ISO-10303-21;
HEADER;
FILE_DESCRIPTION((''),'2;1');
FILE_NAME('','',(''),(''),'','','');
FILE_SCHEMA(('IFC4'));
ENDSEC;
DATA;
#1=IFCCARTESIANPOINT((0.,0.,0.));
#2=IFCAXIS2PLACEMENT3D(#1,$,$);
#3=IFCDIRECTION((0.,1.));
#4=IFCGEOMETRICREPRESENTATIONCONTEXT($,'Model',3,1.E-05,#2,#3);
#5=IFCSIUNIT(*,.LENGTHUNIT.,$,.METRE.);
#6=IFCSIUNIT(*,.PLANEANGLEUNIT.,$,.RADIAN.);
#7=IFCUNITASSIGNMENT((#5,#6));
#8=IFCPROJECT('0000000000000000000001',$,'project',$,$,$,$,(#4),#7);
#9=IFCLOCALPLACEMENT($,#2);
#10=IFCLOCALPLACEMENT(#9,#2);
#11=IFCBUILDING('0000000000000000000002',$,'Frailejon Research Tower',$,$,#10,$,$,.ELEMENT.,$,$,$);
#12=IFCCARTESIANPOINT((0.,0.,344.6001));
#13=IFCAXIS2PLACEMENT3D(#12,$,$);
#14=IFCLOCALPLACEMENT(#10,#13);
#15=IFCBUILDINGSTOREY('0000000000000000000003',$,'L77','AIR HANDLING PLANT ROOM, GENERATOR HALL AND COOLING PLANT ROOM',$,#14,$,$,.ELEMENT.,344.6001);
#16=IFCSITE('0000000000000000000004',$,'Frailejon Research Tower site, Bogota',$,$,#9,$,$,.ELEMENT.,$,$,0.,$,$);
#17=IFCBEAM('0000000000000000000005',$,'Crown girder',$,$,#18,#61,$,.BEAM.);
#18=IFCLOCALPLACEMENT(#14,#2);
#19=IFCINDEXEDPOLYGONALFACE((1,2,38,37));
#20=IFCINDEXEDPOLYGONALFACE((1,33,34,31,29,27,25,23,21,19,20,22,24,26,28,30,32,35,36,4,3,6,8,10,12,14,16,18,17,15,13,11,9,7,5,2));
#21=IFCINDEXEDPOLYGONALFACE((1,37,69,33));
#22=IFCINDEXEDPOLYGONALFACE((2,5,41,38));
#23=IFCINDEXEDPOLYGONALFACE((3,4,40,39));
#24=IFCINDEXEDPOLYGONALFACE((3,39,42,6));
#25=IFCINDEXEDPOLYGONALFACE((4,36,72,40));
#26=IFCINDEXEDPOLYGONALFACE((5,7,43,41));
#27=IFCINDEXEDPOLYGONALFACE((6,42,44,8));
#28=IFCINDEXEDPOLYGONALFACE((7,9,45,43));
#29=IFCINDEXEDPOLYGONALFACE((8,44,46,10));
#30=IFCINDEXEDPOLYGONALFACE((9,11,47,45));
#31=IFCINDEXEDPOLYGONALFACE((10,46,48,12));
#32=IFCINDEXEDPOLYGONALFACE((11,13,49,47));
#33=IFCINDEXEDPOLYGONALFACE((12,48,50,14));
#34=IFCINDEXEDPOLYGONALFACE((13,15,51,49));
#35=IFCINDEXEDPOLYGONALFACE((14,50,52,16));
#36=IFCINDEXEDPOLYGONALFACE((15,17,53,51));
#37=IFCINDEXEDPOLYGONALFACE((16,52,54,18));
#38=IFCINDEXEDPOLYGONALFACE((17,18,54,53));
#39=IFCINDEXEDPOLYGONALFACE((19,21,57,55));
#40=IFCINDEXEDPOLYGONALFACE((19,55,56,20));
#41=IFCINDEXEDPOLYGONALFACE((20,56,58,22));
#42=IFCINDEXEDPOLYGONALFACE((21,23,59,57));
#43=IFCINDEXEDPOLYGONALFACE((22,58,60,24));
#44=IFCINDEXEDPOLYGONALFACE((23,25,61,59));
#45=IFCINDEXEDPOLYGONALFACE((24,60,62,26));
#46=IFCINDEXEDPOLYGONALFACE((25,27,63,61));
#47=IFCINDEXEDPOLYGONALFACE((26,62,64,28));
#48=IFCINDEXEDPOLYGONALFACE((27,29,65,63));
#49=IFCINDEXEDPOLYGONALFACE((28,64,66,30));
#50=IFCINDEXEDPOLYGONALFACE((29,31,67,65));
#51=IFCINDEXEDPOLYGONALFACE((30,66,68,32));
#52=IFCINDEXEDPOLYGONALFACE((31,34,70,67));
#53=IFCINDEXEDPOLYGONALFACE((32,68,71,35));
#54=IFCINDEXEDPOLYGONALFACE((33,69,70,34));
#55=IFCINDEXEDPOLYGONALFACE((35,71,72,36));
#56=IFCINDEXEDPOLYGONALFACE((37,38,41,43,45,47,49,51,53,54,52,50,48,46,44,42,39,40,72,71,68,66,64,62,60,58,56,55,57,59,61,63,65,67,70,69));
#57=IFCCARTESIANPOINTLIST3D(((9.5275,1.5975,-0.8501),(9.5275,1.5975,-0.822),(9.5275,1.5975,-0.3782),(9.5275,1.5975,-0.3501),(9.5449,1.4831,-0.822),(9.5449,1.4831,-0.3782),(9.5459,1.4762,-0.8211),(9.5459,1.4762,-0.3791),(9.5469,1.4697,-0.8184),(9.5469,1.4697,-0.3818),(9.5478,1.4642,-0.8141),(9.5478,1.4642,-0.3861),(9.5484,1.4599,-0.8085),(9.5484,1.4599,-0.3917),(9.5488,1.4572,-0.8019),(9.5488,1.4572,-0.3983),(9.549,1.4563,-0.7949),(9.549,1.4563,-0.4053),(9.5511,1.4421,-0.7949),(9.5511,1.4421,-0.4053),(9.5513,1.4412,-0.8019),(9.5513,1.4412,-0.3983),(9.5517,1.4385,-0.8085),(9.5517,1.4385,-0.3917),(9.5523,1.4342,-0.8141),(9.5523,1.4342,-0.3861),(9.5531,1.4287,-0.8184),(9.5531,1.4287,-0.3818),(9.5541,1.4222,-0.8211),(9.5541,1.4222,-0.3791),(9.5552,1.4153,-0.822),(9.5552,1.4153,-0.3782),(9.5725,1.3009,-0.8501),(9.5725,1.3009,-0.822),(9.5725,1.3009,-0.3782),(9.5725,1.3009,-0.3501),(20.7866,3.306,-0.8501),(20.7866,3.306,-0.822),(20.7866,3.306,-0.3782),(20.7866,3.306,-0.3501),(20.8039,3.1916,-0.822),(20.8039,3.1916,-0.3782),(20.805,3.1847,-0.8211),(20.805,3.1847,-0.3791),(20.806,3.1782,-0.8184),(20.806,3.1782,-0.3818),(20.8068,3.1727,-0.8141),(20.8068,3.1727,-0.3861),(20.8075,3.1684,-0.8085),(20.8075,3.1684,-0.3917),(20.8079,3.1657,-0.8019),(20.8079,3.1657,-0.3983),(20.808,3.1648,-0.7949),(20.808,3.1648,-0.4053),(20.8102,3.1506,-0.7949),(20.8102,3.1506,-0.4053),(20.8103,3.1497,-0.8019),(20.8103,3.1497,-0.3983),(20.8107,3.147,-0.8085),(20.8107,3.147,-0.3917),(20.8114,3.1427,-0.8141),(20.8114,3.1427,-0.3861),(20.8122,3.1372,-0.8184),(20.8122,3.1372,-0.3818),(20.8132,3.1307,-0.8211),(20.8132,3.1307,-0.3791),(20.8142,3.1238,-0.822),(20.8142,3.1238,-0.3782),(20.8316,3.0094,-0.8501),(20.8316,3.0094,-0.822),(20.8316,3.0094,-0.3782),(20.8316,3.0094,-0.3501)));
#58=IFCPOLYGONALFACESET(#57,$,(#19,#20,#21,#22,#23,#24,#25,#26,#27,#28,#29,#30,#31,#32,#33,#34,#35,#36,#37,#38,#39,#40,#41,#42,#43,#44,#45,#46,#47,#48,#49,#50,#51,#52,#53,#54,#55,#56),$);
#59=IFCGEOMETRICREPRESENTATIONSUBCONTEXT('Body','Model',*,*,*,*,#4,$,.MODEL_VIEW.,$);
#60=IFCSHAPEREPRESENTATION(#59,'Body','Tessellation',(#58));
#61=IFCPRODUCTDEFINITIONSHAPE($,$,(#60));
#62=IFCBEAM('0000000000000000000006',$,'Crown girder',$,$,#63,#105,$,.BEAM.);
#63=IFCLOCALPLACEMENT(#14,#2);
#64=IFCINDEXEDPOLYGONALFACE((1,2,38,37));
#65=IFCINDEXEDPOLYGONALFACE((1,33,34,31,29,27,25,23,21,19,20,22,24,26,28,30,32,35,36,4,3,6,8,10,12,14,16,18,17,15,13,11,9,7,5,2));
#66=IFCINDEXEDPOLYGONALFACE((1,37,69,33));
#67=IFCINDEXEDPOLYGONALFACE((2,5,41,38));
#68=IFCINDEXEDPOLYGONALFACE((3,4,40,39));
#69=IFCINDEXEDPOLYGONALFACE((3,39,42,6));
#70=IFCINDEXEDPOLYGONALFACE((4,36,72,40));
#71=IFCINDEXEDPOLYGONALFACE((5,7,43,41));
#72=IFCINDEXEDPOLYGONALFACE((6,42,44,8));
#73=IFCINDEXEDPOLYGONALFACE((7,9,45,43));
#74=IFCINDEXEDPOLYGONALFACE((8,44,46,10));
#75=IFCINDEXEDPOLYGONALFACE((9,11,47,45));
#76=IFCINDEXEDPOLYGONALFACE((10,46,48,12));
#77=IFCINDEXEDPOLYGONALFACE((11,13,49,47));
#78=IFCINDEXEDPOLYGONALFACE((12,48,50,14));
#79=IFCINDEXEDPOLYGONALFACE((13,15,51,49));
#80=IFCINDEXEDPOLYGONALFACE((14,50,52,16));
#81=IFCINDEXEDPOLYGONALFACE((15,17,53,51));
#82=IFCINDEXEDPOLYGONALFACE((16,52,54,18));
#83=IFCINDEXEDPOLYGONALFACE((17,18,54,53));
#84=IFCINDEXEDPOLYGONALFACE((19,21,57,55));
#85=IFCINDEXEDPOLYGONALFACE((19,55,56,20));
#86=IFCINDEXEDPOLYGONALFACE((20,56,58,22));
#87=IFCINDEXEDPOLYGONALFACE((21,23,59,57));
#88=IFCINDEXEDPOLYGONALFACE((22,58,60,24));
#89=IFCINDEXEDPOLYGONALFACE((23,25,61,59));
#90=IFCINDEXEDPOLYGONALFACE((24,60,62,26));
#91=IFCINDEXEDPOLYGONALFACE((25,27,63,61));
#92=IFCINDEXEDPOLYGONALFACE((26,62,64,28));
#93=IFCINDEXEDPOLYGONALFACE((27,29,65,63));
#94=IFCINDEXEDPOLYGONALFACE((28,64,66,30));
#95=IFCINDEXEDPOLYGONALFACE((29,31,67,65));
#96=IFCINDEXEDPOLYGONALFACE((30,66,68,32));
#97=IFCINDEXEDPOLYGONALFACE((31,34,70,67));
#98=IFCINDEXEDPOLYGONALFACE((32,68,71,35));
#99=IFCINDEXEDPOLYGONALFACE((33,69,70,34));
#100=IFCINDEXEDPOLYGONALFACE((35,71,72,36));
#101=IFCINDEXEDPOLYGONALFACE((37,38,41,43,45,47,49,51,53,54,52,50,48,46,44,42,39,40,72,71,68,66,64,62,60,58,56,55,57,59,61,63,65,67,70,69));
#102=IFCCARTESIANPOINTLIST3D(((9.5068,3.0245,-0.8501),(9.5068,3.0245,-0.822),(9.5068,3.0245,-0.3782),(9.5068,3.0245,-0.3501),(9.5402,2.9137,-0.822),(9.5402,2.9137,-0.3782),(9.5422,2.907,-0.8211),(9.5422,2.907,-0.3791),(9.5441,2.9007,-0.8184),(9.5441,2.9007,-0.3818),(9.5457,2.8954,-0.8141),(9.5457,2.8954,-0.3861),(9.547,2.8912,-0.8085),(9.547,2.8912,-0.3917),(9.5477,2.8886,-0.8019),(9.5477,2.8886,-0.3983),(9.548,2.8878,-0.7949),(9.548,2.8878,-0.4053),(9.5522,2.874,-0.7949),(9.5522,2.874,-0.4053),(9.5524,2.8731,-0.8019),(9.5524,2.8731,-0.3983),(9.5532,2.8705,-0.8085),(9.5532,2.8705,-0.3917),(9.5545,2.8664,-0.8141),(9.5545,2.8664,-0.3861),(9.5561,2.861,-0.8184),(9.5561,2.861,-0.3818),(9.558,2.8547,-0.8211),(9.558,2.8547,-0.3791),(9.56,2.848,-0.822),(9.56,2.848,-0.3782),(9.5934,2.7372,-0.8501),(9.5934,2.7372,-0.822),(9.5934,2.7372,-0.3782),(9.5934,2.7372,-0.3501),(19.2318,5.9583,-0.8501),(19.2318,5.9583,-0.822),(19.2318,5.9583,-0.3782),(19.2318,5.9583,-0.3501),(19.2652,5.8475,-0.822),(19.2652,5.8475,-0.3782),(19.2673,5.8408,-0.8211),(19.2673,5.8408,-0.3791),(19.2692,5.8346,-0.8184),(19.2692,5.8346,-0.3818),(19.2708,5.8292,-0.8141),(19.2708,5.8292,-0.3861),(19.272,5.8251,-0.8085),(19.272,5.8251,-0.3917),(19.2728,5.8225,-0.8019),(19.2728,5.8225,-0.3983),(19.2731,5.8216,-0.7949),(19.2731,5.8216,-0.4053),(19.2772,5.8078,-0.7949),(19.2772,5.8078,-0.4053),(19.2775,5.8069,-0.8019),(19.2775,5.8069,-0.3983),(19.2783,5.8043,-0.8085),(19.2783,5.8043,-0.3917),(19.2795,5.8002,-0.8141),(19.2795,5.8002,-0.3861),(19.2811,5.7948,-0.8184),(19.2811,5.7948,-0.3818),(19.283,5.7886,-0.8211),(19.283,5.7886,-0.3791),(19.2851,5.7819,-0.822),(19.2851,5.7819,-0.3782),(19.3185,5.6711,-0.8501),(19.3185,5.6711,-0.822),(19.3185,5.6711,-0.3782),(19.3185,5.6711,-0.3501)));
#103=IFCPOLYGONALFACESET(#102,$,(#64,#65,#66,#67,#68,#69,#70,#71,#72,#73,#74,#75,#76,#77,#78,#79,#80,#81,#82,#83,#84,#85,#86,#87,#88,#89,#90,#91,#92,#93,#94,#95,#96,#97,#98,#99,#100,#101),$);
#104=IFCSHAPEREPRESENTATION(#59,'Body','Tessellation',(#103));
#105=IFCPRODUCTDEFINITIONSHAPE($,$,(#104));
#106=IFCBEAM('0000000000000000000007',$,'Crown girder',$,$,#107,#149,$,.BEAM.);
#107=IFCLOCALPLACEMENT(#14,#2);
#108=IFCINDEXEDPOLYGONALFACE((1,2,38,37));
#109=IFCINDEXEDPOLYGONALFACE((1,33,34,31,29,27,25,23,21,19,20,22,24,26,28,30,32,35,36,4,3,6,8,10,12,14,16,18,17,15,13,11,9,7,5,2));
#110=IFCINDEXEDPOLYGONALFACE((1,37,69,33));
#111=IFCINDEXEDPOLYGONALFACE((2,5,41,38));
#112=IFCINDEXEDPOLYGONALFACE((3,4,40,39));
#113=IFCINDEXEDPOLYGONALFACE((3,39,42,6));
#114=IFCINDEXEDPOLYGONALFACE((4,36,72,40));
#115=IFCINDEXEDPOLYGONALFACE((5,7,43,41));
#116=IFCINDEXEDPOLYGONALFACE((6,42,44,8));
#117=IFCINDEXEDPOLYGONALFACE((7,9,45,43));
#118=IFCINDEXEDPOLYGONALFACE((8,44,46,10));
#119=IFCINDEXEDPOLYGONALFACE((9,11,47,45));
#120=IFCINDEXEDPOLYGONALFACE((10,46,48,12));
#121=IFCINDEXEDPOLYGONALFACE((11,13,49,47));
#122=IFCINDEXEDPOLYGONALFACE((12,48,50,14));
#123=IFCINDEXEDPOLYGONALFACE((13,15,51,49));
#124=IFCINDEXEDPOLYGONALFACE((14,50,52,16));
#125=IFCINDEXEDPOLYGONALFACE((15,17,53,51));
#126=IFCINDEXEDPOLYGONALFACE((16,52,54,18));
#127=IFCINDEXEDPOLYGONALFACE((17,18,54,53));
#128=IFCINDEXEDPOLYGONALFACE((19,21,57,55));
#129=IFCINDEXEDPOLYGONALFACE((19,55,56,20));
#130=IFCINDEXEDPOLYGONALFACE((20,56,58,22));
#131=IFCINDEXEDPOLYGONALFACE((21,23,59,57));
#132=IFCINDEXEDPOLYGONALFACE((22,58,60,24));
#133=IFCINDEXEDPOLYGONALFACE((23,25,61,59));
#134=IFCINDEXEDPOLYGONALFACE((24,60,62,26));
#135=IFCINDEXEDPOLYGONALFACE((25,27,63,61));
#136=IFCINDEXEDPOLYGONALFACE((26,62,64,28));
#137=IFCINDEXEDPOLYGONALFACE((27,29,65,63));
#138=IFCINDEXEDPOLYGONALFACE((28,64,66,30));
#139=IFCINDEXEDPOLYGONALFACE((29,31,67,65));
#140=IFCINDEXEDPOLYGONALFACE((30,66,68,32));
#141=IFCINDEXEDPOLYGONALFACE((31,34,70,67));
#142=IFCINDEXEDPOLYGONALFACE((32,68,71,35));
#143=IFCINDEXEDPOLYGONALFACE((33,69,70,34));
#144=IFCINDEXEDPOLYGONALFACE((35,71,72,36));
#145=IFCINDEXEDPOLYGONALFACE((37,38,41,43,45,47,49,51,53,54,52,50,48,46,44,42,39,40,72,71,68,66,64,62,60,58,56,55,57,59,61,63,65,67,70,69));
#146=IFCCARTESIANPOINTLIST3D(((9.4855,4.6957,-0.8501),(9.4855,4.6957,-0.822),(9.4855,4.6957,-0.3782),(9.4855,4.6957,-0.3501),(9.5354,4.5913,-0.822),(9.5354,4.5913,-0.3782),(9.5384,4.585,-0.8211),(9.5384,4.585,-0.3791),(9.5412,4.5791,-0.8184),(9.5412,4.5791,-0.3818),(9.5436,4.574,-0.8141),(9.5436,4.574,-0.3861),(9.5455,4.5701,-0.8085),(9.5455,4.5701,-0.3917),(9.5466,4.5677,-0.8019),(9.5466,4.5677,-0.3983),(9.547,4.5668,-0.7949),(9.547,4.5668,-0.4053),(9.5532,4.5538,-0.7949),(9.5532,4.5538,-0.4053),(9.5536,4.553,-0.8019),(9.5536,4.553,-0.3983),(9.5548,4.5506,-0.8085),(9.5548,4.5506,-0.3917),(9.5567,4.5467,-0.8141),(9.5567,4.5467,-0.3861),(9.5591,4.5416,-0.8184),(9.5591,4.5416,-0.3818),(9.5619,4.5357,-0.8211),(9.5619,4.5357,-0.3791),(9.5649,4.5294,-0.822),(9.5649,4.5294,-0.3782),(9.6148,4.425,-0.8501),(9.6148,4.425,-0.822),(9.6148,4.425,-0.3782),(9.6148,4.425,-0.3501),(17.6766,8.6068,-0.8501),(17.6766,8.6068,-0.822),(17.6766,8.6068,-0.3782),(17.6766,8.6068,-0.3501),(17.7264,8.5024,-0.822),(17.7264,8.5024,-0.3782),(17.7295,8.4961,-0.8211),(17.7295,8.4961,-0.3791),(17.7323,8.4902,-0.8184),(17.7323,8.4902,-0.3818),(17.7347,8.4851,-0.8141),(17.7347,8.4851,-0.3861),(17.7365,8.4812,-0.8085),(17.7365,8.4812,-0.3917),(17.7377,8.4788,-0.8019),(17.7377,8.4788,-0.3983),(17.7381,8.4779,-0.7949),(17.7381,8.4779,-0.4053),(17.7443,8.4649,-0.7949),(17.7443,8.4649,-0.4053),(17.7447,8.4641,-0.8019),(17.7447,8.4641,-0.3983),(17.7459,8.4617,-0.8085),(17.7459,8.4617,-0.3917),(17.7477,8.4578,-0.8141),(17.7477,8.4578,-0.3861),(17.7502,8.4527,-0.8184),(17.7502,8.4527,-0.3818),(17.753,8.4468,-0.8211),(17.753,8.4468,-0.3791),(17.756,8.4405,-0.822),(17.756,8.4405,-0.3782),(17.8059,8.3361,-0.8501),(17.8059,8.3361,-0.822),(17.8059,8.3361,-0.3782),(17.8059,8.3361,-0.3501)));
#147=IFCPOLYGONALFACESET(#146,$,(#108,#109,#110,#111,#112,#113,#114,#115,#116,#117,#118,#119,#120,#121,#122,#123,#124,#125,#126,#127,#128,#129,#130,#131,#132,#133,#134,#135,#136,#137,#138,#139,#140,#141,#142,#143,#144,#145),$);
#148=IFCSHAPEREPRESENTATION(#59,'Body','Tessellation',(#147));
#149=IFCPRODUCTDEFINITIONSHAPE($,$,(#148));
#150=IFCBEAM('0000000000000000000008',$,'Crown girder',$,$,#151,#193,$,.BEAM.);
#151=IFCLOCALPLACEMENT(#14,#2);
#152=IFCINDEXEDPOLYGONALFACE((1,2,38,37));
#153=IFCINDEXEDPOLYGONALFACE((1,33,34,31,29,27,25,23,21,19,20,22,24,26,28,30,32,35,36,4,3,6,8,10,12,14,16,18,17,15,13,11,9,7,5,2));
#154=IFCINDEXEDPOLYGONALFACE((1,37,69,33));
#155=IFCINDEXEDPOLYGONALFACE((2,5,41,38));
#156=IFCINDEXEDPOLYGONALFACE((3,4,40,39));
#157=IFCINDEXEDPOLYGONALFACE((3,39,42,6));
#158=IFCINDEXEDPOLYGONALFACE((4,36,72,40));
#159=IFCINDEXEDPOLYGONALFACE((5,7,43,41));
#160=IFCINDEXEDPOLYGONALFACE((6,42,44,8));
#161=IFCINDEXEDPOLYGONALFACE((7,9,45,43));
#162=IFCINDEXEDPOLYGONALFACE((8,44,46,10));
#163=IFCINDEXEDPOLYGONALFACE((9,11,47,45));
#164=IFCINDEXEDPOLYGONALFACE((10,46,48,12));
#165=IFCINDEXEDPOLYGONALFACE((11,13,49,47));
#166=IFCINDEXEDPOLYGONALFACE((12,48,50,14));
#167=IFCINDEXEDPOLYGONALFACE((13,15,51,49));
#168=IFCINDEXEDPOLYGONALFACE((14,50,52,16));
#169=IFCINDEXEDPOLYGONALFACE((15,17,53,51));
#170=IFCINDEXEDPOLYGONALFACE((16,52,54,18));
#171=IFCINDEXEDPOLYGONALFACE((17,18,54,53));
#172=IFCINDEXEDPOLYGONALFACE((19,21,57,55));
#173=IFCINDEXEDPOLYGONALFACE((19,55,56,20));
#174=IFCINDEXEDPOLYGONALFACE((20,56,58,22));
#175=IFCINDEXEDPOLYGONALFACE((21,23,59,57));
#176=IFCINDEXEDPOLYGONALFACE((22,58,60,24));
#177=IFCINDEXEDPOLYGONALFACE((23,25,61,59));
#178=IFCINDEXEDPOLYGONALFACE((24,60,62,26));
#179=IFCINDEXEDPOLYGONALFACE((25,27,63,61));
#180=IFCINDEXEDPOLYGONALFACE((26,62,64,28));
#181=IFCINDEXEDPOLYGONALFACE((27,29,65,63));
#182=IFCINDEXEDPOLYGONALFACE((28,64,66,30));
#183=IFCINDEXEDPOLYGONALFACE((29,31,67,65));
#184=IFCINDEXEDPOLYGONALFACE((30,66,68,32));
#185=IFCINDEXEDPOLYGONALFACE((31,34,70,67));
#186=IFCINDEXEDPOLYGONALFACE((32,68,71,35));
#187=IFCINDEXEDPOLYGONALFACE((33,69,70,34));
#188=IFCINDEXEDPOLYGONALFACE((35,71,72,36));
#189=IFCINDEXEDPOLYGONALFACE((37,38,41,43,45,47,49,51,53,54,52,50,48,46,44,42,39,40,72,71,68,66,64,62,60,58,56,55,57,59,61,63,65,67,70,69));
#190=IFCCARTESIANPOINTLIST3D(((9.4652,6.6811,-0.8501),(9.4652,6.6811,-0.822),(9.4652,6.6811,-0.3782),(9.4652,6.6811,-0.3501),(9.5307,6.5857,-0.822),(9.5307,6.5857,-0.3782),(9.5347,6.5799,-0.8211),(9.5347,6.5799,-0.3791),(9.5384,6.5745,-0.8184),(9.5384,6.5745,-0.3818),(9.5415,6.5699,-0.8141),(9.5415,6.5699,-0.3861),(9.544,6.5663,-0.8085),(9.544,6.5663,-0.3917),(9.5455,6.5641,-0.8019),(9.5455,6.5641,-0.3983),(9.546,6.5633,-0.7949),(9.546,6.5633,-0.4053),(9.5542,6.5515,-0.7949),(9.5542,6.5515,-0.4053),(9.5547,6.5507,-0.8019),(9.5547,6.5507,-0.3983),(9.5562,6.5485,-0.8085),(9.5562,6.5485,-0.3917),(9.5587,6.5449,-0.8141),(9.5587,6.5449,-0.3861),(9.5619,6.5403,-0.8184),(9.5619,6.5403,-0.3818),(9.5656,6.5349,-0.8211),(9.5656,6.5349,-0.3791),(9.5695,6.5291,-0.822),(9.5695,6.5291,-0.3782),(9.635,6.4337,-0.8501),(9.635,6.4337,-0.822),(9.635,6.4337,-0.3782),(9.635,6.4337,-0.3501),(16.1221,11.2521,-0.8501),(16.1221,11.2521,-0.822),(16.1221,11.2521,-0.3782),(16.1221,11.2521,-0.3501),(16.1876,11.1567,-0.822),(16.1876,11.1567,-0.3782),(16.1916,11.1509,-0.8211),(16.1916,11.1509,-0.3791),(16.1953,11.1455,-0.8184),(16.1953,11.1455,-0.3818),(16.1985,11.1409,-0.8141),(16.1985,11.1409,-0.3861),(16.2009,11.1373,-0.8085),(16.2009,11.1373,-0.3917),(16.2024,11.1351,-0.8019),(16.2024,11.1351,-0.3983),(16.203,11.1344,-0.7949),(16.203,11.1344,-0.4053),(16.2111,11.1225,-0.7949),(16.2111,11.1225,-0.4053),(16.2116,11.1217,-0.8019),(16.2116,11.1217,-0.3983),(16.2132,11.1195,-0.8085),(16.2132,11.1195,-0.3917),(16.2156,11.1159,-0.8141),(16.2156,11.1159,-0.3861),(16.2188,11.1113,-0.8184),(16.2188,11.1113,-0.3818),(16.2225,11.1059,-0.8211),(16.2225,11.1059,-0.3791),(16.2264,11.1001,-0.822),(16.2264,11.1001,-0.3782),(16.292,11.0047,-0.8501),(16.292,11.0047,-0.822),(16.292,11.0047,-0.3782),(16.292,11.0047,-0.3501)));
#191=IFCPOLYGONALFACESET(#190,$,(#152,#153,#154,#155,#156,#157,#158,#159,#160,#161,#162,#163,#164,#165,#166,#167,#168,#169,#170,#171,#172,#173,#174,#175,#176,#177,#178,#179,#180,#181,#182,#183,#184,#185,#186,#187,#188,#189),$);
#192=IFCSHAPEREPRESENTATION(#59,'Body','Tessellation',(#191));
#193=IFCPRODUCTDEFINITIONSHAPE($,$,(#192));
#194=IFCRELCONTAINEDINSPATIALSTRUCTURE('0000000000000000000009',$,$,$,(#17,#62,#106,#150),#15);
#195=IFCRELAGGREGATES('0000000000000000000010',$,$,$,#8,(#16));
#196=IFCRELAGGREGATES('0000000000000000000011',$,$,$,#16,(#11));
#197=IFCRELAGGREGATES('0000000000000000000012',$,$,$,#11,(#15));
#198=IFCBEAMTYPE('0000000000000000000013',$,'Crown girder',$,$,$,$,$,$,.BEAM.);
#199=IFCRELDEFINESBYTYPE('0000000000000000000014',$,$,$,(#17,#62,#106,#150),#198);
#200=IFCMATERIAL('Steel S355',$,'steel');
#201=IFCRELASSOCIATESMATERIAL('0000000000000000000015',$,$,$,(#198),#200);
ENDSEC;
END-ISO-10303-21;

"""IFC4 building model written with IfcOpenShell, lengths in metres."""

from ifc_helpers import new_model, si_unit, direction, frame, origin, origin_2d, place, context, subcontext, project, spatial, i_section, extrude, material, material_profile, profile_set, type_object, element, save


model = new_model("IFC4")

# Units and contexts
model_context = context("Model", 3, precision=1e-05, world=origin(), true_north=direction((0.0, 1.0)))
body_context = subcontext(model_context, "Body", "Model", "MODEL_VIEW")
ifc_project = project(units=[si_unit("LENGTHUNIT", "METRE"), si_unit("PLANEANGLEUNIT", "RADIAN")], contexts=[model_context])

# Site, building, storey
site_placement = place(None, origin())
site = spatial("IfcSite", under=ifc_project, at=site_placement, Name="Frailejon Research Tower site, Bogota", CompositionType="ELEMENT", RefElevation=0.0)
building_placement = place(site_placement, origin())
building = spatial("IfcBuilding", under=site, at=building_placement, Name="Frailejon Research Tower", CompositionType="ELEMENT")
storey_placement = place(building_placement, frame((0.0, 0.0, 344.6001)))
storey = spatial("IfcBuildingStorey", under=building, at=storey_placement, Name="L77", Description="AIR HANDLING PLANT ROOM, GENERATOR HALL AND COOLING PLANT ROOM", CompositionType="ELEMENT", Elevation=344.6001)

# Beams
ifc_material_1 = material(Name="Steel S355", Category="steel")
ifc_material_profile_1 = material_profile(ifc_material_1, i_section(OverallWidth=0.3, OverallDepth=0.5, WebThickness=0.0144, FlangeThickness=0.0281, FilletRadius=0.0271, at=origin_2d()), Name="HE 500 B")
ifc_profile_set_1 = profile_set([ifc_material_profile_1], Name="Steel S355")
beam_type_1 = type_object("IfcBeamType", Name="Crown girder", PredefinedType="BEAM", material=ifc_profile_set_1)
beam_1_placement = place(storey_placement, frame((20.8091, 3.1577, -0.6001), z_axis=(-0.988682, -0.150027, 0.0), x_axis=(0.150027, -0.988682, 0.0)))
element("IfcBeam", 1, at=beam_1_placement, inside=storey, type_object=beam_type_1, Name="Crown girder", PredefinedType="BEAM", context=body_context, shape_type="SweptSolid", body=[
    extrude(i_section(OverallWidth=0.3, OverallDepth=0.5, WebThickness=0.0144, FlangeThickness=0.0281, FilletRadius=0.0271, at=origin_2d()), origin(), (0.0, 0.0, 1.0), 11.3879),
])
beam_2_placement = place(storey_placement, frame((19.2751, 5.8147, -0.6001), z_axis=(-0.957383, -0.28882, 0.0), x_axis=(0.28882, -0.957383, 0.0)))
element("IfcBeam", 2, at=beam_2_placement, inside=storey, type_object=beam_type_1, Name="Crown girder", PredefinedType="BEAM", context=body_context, shape_type="SweptSolid", body=[
    extrude(i_section(OverallWidth=0.3, OverallDepth=0.5, WebThickness=0.0144, FlangeThickness=0.0281, FilletRadius=0.0271, at=origin_2d()), origin(), (0.0, 0.0, 1.0), 10.158),
])
beam_3_placement = place(storey_placement, frame((17.7412, 8.4714, -0.6001), z_axis=(-0.902408, -0.430883, 0.0), x_axis=(0.430883, -0.902408, 0.0)))
element("IfcBeam", 3, at=beam_3_placement, inside=storey, type_object=beam_type_1, Name="Crown girder", PredefinedType="BEAM", context=body_context, shape_type="SweptSolid", body=[
    extrude(i_section(OverallWidth=0.3, OverallDepth=0.5, WebThickness=0.0144, FlangeThickness=0.0281, FilletRadius=0.0271, at=origin_2d()), origin(), (0.0, 0.0, 1.0), 9.0769),
])
beam_4_placement = place(storey_placement, frame((16.207, 11.1284, -0.6001), z_axis=(-0.824367, -0.566055, 0.0), x_axis=(0.566055, -0.824367, 0.0)))
element("IfcBeam", 4, at=beam_4_placement, inside=storey, type_object=beam_type_1, Name="Crown girder", PredefinedType="BEAM", context=body_context, shape_type="SweptSolid", body=[
    extrude(i_section(OverallWidth=0.3, OverallDepth=0.5, WebThickness=0.0144, FlangeThickness=0.0281, FilletRadius=0.0271, at=origin_2d()), origin(), (0.0, 0.0, 1.0), 8.0752),
])

save(model, "model.ifc")
